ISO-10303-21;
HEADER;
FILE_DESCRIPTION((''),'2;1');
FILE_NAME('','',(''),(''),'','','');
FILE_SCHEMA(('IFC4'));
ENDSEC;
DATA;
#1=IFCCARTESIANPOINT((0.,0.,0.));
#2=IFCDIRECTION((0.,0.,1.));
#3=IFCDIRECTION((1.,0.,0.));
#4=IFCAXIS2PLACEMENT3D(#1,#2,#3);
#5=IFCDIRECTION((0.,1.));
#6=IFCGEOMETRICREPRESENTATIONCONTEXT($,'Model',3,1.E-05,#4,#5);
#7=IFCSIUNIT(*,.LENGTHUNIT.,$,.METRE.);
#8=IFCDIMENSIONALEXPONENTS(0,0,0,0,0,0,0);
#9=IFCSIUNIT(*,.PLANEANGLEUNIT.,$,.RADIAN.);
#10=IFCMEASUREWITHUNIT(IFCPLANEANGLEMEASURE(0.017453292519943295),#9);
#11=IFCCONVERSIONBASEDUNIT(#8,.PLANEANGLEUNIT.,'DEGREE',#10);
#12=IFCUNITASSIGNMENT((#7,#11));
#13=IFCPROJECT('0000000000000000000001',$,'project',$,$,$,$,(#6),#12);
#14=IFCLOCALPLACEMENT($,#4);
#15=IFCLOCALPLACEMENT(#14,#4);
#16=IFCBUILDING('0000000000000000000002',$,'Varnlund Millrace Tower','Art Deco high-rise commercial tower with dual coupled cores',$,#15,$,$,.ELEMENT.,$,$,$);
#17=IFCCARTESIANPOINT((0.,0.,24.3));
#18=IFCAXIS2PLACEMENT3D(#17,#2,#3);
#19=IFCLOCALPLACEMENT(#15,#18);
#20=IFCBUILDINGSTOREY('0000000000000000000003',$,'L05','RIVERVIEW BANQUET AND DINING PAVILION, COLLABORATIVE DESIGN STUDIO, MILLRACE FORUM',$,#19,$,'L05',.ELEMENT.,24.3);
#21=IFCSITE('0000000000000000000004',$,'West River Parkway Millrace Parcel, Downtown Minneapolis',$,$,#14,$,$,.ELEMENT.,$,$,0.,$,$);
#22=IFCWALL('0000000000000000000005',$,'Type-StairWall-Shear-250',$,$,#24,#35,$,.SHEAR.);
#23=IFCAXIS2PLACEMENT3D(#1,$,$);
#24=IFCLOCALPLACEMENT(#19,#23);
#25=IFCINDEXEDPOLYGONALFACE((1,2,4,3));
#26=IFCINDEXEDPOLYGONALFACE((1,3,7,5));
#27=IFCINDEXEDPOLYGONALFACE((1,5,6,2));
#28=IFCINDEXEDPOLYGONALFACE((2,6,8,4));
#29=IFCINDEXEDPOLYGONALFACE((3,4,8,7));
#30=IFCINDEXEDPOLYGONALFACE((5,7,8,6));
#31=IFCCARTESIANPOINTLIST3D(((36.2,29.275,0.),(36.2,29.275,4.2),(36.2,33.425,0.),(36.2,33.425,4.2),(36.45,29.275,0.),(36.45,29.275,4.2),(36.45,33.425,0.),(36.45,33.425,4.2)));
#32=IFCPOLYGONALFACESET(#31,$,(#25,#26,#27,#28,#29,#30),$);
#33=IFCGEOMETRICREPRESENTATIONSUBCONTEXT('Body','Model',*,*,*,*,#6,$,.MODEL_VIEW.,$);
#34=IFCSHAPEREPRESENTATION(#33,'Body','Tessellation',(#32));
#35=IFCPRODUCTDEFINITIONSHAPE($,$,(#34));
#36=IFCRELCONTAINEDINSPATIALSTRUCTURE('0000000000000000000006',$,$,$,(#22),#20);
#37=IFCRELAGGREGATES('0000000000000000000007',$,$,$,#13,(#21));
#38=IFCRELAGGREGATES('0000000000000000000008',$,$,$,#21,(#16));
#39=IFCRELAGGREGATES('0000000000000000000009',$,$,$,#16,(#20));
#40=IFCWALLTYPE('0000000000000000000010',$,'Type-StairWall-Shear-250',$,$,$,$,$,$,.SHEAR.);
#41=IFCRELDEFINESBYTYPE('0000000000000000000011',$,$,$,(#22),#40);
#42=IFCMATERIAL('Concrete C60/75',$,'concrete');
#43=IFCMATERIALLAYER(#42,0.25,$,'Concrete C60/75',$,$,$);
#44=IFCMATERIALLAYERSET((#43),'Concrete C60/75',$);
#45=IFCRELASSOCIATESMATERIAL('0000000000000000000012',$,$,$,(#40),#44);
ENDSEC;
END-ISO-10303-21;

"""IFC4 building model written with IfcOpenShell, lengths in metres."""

from ifc_helpers import new_model, entity, si_unit, converted_unit, direction, frame, origin_with_axes, place, context, subcontext, project, spatial, polyline, outline, extrude, material, layer, layer_set, type_object, element, save


model = new_model("IFC4")

# Units and contexts
model_context = context("Model", 3, precision=1e-05, world=origin_with_axes(), true_north=direction((0.0, 1.0)))
body_context = subcontext(model_context, "Body", "Model", "MODEL_VIEW")
ifc_project = project(units=[si_unit("LENGTHUNIT", "METRE"), converted_unit("PLANEANGLEUNIT", "DEGREE", entity("IfcPlaneAngleMeasure", 0.017453292519943295), si_unit("PLANEANGLEUNIT", "RADIAN"), dimensions=[0, 0, 0, 0, 0, 0, 0])], contexts=[model_context])

# Site, building, storey
site_placement = place(None, origin_with_axes())
site = spatial("IfcSite", under=ifc_project, at=site_placement, Name="West River Parkway Millrace Parcel, Downtown Minneapolis", CompositionType="ELEMENT", RefElevation=0.0)
building_placement = place(site_placement, origin_with_axes())
building = spatial("IfcBuilding", under=site, at=building_placement, Name="Varnlund Millrace Tower", Description="Art Deco high-rise commercial tower with dual coupled cores", CompositionType="ELEMENT")
storey_placement = place(building_placement, frame((0.0, 0.0, 24.3), z_axis=(0.0, 0.0, 1.0), x_axis=(1.0, 0.0, 0.0)))
storey = spatial("IfcBuildingStorey", under=building, at=storey_placement, Name="L05", Description="RIVERVIEW BANQUET AND DINING PAVILION, COLLABORATIVE DESIGN STUDIO, MILLRACE FORUM", LongName="L05", CompositionType="ELEMENT", Elevation=24.3)

# Wall
ifc_material_1 = material(Name="Concrete C60/75", Category="concrete")
ifc_layer_1 = layer(ifc_material_1, 0.25, Name="Concrete C60/75")
ifc_layer_set_1 = layer_set([ifc_layer_1], Name="Concrete C60/75")
wall_type_1 = type_object("IfcWallType", Name="Type-StairWall-Shear-250", PredefinedType="SHEAR", material=ifc_layer_set_1)
wall_1_placement = place(storey_placement, frame((36.325, 29.275, 0.0), z_axis=(0.0, 0.0, 1.0), x_axis=(0.0, 1.0, 0.0)))
element("IfcWall", 1, at=wall_1_placement, inside=storey, type_object=wall_type_1, Name="Type-StairWall-Shear-250", PredefinedType="SHEAR", context=body_context, shape_type="SweptSolid", body=[
    extrude(outline(polyline([(0.0, -0.125), (4.15, -0.125), (4.15, 0.125), (0.0, 0.125), (0.0, -0.125)])), origin_with_axes(), (0.0, 0.0, 1.0), 4.2),
])

save(model, "model.ifc")
